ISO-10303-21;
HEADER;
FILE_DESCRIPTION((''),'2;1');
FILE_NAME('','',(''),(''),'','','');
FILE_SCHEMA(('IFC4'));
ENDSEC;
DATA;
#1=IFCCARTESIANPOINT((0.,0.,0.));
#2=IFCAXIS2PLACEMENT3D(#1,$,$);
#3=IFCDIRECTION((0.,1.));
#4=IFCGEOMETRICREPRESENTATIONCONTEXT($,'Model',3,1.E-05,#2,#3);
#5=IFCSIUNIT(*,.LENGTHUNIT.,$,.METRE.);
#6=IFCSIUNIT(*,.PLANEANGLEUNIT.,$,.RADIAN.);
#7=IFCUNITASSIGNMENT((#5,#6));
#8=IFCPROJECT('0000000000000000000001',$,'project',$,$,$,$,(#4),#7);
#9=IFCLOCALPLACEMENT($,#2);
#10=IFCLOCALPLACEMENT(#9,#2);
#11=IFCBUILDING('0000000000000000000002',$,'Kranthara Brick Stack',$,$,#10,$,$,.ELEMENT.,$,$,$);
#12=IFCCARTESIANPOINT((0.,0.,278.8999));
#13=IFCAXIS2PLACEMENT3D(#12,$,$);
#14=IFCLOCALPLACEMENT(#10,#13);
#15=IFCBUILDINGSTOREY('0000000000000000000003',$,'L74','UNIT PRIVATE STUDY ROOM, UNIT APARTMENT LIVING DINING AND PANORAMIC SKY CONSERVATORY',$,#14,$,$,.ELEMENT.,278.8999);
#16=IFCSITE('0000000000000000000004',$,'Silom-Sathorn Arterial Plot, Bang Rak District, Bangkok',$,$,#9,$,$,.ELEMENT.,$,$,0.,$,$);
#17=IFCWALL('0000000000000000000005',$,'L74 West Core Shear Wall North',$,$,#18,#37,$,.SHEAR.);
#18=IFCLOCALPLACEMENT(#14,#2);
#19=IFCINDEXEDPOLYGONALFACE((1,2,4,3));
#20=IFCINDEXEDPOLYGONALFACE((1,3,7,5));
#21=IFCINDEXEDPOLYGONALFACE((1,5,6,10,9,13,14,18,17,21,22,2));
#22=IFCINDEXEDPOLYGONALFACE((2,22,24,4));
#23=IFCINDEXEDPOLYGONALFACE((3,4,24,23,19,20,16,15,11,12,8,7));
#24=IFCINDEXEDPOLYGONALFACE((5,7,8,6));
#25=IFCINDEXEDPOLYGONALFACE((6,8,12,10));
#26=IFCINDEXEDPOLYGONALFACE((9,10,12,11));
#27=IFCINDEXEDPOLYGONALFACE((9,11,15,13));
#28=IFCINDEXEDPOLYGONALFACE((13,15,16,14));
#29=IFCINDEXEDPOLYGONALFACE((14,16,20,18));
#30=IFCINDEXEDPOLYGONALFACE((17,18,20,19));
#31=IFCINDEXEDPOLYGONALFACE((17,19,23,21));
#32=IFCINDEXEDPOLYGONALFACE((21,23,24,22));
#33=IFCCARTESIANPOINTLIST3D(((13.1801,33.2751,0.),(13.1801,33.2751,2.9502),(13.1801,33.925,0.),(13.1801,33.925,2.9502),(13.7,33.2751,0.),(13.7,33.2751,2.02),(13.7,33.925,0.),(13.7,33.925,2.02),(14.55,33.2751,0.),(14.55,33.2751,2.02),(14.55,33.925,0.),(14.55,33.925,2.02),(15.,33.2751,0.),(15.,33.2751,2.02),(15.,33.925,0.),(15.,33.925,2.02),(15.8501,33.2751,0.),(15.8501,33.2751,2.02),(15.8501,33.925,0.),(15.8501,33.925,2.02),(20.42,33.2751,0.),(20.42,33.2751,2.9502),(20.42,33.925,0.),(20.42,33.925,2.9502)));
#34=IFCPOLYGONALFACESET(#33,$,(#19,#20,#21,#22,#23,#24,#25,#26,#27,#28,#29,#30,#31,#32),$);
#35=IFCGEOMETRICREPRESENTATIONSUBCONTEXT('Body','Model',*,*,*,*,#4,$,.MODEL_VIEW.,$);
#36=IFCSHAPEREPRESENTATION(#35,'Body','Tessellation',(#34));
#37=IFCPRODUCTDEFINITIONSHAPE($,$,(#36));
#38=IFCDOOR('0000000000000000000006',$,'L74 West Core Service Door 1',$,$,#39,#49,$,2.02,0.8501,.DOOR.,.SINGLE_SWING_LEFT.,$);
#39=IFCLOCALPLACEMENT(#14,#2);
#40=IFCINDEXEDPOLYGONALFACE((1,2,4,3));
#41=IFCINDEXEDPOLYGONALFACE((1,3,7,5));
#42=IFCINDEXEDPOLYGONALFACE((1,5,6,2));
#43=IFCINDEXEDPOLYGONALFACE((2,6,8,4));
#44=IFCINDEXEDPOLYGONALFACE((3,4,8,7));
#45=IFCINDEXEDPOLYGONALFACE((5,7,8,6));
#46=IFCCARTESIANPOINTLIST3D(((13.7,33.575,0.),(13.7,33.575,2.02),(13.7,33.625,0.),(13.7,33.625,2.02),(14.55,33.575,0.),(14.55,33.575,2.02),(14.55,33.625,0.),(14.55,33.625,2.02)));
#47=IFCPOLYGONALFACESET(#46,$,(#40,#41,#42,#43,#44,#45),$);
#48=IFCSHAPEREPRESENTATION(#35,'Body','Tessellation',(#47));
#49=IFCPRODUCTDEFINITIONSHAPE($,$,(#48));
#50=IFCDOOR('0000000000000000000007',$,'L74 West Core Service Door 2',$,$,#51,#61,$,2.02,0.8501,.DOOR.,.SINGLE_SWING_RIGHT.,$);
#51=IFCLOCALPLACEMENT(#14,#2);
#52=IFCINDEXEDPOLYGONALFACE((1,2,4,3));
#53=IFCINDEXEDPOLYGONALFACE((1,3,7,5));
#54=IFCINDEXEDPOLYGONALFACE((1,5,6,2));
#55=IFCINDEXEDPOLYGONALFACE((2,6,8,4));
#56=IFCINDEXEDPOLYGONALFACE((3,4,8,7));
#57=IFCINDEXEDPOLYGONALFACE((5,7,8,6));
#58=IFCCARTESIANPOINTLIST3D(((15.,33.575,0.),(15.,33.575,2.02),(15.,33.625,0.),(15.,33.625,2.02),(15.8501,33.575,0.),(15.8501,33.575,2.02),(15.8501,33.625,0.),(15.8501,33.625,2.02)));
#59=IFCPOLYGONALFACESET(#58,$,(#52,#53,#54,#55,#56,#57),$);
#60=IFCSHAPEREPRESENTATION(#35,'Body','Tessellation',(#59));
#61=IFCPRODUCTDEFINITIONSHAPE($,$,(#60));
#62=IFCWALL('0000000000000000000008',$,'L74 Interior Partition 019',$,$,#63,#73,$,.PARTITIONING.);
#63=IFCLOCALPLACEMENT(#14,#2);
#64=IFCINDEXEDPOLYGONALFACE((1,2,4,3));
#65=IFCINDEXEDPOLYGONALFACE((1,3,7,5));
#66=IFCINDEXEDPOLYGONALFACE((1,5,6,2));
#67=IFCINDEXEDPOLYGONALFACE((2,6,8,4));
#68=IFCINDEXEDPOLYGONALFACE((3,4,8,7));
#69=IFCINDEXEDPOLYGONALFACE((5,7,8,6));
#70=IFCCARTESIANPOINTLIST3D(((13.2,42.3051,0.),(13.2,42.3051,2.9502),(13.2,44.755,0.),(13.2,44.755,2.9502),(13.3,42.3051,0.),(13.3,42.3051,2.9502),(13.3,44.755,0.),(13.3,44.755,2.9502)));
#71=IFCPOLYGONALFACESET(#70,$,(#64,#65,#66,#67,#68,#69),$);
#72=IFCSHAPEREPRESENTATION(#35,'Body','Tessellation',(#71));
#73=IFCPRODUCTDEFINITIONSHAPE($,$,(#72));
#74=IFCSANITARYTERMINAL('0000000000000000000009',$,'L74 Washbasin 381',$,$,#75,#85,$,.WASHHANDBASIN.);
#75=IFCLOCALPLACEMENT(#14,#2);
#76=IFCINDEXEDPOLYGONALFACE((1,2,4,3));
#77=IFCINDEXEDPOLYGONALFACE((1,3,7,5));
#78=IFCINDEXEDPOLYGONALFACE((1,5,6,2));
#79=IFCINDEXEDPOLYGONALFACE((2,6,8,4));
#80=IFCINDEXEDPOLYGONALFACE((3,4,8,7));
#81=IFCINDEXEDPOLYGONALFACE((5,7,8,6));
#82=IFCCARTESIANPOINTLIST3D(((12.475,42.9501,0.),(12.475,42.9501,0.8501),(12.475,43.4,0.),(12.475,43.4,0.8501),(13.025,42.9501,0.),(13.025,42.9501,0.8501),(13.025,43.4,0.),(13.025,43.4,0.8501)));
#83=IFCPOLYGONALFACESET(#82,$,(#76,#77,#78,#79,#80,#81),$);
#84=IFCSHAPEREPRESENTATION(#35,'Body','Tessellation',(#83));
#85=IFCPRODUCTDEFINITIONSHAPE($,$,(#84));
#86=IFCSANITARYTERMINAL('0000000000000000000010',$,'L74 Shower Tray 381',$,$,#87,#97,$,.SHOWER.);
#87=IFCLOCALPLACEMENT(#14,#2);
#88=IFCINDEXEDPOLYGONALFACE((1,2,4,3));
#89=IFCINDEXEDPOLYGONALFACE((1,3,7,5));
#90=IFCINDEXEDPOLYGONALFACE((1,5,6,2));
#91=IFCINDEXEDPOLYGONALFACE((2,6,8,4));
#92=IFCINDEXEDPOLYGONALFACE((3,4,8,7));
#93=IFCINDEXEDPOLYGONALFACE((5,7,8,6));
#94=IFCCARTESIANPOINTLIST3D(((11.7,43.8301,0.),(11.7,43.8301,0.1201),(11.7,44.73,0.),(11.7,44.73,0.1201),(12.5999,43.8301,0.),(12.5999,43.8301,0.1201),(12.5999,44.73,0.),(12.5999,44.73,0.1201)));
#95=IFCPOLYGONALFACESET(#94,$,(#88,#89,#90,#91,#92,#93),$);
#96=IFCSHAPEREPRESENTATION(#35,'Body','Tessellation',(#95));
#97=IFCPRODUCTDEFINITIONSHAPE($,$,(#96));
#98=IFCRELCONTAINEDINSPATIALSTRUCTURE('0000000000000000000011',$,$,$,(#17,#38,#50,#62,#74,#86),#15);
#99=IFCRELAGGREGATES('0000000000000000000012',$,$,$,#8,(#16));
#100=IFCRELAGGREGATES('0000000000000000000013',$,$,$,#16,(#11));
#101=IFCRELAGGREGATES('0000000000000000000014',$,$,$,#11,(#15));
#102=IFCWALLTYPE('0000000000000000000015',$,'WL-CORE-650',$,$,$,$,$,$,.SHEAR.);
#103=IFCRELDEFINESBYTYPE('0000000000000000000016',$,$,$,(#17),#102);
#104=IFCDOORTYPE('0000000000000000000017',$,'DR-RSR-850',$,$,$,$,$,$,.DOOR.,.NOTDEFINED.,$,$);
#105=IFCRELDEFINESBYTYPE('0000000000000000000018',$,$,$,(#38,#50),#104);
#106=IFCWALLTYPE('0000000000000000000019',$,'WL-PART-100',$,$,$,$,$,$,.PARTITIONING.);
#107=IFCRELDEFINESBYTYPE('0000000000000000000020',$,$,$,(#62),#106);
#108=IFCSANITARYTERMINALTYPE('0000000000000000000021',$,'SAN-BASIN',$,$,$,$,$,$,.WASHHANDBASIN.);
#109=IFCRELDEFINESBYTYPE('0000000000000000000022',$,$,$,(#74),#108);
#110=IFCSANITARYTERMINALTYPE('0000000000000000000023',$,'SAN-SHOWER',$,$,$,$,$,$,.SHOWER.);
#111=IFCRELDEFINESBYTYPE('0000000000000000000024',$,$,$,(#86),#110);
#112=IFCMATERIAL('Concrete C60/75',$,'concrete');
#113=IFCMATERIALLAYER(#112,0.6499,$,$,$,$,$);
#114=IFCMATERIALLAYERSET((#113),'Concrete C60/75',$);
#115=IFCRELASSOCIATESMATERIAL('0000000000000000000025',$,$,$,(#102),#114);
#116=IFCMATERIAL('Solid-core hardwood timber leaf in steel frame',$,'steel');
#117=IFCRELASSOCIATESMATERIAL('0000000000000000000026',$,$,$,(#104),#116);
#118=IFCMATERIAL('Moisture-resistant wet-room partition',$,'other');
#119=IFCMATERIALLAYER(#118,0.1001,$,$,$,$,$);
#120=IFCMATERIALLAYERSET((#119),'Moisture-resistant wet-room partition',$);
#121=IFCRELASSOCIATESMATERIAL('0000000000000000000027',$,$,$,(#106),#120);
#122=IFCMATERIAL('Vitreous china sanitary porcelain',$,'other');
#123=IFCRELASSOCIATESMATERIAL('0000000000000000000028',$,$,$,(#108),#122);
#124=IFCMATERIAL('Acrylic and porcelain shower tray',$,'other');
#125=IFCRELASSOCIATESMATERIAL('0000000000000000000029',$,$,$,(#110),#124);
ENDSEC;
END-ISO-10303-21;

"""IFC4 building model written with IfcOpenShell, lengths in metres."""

from ifc_helpers import new_model, si_unit, direction, frame, frame_2d, origin, origin_2d, place, context, subcontext, project, spatial, rectangle, extrude, material, layer, layer_set, type_object, element, fill, save


model = new_model("IFC4")

# Units and contexts
model_context = context("Model", 3, precision=1e-05, world=origin(), true_north=direction((0.0, 1.0)))
body_context = subcontext(model_context, "Body", "Model", "MODEL_VIEW")
ifc_project = project(units=[si_unit("LENGTHUNIT", "METRE"), si_unit("PLANEANGLEUNIT", "RADIAN")], contexts=[model_context])

# Site, building, storey
site_placement = place(None, origin())
site = spatial("IfcSite", under=ifc_project, at=site_placement, Name="Silom-Sathorn Arterial Plot, Bang Rak District, Bangkok", CompositionType="ELEMENT", RefElevation=0.0)
building_placement = place(site_placement, origin())
building = spatial("IfcBuilding", under=site, at=building_placement, Name="Kranthara Brick Stack", CompositionType="ELEMENT")
storey_placement = place(building_placement, frame((0.0, 0.0, 278.8999)))
storey = spatial("IfcBuildingStorey", under=building, at=storey_placement, Name="L74", Description="UNIT PRIVATE STUDY ROOM, UNIT APARTMENT LIVING DINING AND PANORAMIC SKY CONSERVATORY", CompositionType="ELEMENT", Elevation=278.8999)

# Wall, openings, doors
ifc_material_1 = material(Name="Concrete C60/75", Category="concrete")
ifc_layer_1 = layer(ifc_material_1, 0.6499)
ifc_layer_set_1 = layer_set([ifc_layer_1], Name="Concrete C60/75")
wall_type_1 = type_object("IfcWallType", Name="WL-CORE-650", PredefinedType="SHEAR", material=ifc_layer_set_1)
wall_1_placement = place(storey_placement, frame((13.1799, 33.6001, 0.0), z_axis=(0.0, 0.0, 1.0), x_axis=(1.0, 0.0, 0.0)))
wall_1 = element("IfcWall", 1, at=wall_1_placement, inside=storey, type_object=wall_type_1, Name="L74 West Core Shear Wall North", PredefinedType="SHEAR", context=body_context, shape_type="SweptSolid", body=[
    extrude(rectangle(XDim=7.24, YDim=0.6499, at=frame_2d((3.6201, 0.0))), origin(), (0.0, 0.0, 1.0), 2.9502),
])
opening_1_placement = place(wall_1_placement, frame((0.52, 0.0, 0.0)))
opening_1 = element("IfcOpeningElement", 2, at=opening_1_placement, cuts=wall_1, PredefinedType="OPENING", context=body_context, shape_type="SweptSolid", body=[
    extrude(rectangle(XDim=0.8501, YDim=2.02, at=frame_2d((0.425, 1.01))), frame((0.0, 0.335, 0.0), z_axis=(0.0, -1.0, 0.0), x_axis=(1.0, 0.0, 0.0)), (0.0, 0.0, 1.0), 0.6699),
])
opening_2_placement = place(wall_1_placement, frame((1.8201, 0.0, 0.0)))
opening_2 = element("IfcOpeningElement", 3, at=opening_2_placement, cuts=wall_1, PredefinedType="OPENING", context=body_context, shape_type="SweptSolid", body=[
    extrude(rectangle(XDim=0.8501, YDim=2.02, at=frame_2d((0.425, 1.01))), frame((0.0, 0.335, 0.0), z_axis=(0.0, -1.0, 0.0), x_axis=(1.0, 0.0, 0.0)), (0.0, 0.0, 1.0), 0.6699),
])
ifc_material_2 = material(Name="Solid-core hardwood timber leaf in steel frame", Category="steel")
door_type = type_object("IfcDoorType", Name="DR-RSR-850", OperationType="NOTDEFINED", PredefinedType="DOOR", material=ifc_material_2)
door_1_placement = place(opening_1_placement, origin())
door_1 = element("IfcDoor", 4, at=door_1_placement, inside=storey, type_object=door_type, Name="L74 West Core Service Door 1", OperationType="SINGLE_SWING_LEFT", OverallHeight=2.02, OverallWidth=0.8501, PredefinedType="DOOR", context=body_context, shape_type="SweptSolid", body=[
    extrude(rectangle(XDim=0.8501, YDim=2.02, at=frame_2d((0.425, 1.01))), frame((0.0, 0.0249, 0.0), z_axis=(0.0, -1.0, 0.0), x_axis=(1.0, 0.0, 0.0)), (0.0, 0.0, 1.0), 0.05),
])
fill(opening_1, door_1)
door_2_placement = place(opening_2_placement, origin())
door_2 = element("IfcDoor", 5, at=door_2_placement, inside=storey, type_object=door_type, Name="L74 West Core Service Door 2", OperationType="SINGLE_SWING_RIGHT", OverallHeight=2.02, OverallWidth=0.8501, PredefinedType="DOOR", context=body_context, shape_type="SweptSolid", body=[
    extrude(rectangle(XDim=0.8501, YDim=2.02, at=frame_2d((0.425, 1.01))), frame((0.0, 0.0249, 0.0), z_axis=(0.0, -1.0, 0.0), x_axis=(1.0, 0.0, 0.0)), (0.0, 0.0, 1.0), 0.05),
])
fill(opening_2, door_2)

# Wall
ifc_material_3 = material(Name="Moisture-resistant wet-room partition", Category="other")
ifc_layer_2 = layer(ifc_material_3, 0.1001)
ifc_layer_set_2 = layer_set([ifc_layer_2], Name="Moisture-resistant wet-room partition")
wall_type_2 = type_object("IfcWallType", Name="WL-PART-100", PredefinedType="PARTITIONING", material=ifc_layer_set_2)
wall_2_placement = place(storey_placement, frame((13.25, 42.3049, 0.0), z_axis=(0.0, 0.0, 1.0), x_axis=(0.0, 1.0, 0.0)))
element("IfcWall", 6, at=wall_2_placement, inside=storey, type_object=wall_type_2, Name="L74 Interior Partition 019", PredefinedType="PARTITIONING", context=body_context, shape_type="SweptSolid", body=[
    extrude(rectangle(XDim=2.45, YDim=0.1001, at=frame_2d((1.2251, 0.0))), origin(), (0.0, 0.0, 1.0), 2.9502),
])

# Sanitary terminals
ifc_material_4 = material(Name="Vitreous china sanitary porcelain", Category="other")
sanitary_terminal_type_1 = type_object("IfcSanitaryTerminalType", Name="SAN-BASIN", PredefinedType="WASHHANDBASIN", material=ifc_material_4)
sanitary_terminal_1_placement = place(storey_placement, frame((12.75, 43.175, 0.0), z_axis=(0.0, 0.0, 1.0), x_axis=(1.0, 0.0, 0.0)))
element("IfcSanitaryTerminal", 7, at=sanitary_terminal_1_placement, inside=storey, type_object=sanitary_terminal_type_1, Name="L74 Washbasin 381", PredefinedType="WASHHANDBASIN", context=body_context, shape_type="SweptSolid", body=[
    extrude(rectangle(XDim=0.55, YDim=0.45, at=origin_2d()), origin(), (0.0, 0.0, 1.0), 0.8501),
])
ifc_material_5 = material(Name="Acrylic and porcelain shower tray", Category="other")
sanitary_terminal_type_2 = type_object("IfcSanitaryTerminalType", Name="SAN-SHOWER", PredefinedType="SHOWER", material=ifc_material_5)
sanitary_terminal_2_placement = place(storey_placement, frame((12.1499, 44.28, 0.0), z_axis=(0.0, 0.0, 1.0), x_axis=(1.0, 0.0, 0.0)))
element("IfcSanitaryTerminal", 8, at=sanitary_terminal_2_placement, inside=storey, type_object=sanitary_terminal_type_2, Name="L74 Shower Tray 381", PredefinedType="SHOWER", context=body_context, shape_type="SweptSolid", body=[
    extrude(rectangle(XDim=0.8999, YDim=0.8999, at=origin_2d()), origin(), (0.0, 0.0, 1.0), 0.1201),
])

save(model, "model.ifc")
